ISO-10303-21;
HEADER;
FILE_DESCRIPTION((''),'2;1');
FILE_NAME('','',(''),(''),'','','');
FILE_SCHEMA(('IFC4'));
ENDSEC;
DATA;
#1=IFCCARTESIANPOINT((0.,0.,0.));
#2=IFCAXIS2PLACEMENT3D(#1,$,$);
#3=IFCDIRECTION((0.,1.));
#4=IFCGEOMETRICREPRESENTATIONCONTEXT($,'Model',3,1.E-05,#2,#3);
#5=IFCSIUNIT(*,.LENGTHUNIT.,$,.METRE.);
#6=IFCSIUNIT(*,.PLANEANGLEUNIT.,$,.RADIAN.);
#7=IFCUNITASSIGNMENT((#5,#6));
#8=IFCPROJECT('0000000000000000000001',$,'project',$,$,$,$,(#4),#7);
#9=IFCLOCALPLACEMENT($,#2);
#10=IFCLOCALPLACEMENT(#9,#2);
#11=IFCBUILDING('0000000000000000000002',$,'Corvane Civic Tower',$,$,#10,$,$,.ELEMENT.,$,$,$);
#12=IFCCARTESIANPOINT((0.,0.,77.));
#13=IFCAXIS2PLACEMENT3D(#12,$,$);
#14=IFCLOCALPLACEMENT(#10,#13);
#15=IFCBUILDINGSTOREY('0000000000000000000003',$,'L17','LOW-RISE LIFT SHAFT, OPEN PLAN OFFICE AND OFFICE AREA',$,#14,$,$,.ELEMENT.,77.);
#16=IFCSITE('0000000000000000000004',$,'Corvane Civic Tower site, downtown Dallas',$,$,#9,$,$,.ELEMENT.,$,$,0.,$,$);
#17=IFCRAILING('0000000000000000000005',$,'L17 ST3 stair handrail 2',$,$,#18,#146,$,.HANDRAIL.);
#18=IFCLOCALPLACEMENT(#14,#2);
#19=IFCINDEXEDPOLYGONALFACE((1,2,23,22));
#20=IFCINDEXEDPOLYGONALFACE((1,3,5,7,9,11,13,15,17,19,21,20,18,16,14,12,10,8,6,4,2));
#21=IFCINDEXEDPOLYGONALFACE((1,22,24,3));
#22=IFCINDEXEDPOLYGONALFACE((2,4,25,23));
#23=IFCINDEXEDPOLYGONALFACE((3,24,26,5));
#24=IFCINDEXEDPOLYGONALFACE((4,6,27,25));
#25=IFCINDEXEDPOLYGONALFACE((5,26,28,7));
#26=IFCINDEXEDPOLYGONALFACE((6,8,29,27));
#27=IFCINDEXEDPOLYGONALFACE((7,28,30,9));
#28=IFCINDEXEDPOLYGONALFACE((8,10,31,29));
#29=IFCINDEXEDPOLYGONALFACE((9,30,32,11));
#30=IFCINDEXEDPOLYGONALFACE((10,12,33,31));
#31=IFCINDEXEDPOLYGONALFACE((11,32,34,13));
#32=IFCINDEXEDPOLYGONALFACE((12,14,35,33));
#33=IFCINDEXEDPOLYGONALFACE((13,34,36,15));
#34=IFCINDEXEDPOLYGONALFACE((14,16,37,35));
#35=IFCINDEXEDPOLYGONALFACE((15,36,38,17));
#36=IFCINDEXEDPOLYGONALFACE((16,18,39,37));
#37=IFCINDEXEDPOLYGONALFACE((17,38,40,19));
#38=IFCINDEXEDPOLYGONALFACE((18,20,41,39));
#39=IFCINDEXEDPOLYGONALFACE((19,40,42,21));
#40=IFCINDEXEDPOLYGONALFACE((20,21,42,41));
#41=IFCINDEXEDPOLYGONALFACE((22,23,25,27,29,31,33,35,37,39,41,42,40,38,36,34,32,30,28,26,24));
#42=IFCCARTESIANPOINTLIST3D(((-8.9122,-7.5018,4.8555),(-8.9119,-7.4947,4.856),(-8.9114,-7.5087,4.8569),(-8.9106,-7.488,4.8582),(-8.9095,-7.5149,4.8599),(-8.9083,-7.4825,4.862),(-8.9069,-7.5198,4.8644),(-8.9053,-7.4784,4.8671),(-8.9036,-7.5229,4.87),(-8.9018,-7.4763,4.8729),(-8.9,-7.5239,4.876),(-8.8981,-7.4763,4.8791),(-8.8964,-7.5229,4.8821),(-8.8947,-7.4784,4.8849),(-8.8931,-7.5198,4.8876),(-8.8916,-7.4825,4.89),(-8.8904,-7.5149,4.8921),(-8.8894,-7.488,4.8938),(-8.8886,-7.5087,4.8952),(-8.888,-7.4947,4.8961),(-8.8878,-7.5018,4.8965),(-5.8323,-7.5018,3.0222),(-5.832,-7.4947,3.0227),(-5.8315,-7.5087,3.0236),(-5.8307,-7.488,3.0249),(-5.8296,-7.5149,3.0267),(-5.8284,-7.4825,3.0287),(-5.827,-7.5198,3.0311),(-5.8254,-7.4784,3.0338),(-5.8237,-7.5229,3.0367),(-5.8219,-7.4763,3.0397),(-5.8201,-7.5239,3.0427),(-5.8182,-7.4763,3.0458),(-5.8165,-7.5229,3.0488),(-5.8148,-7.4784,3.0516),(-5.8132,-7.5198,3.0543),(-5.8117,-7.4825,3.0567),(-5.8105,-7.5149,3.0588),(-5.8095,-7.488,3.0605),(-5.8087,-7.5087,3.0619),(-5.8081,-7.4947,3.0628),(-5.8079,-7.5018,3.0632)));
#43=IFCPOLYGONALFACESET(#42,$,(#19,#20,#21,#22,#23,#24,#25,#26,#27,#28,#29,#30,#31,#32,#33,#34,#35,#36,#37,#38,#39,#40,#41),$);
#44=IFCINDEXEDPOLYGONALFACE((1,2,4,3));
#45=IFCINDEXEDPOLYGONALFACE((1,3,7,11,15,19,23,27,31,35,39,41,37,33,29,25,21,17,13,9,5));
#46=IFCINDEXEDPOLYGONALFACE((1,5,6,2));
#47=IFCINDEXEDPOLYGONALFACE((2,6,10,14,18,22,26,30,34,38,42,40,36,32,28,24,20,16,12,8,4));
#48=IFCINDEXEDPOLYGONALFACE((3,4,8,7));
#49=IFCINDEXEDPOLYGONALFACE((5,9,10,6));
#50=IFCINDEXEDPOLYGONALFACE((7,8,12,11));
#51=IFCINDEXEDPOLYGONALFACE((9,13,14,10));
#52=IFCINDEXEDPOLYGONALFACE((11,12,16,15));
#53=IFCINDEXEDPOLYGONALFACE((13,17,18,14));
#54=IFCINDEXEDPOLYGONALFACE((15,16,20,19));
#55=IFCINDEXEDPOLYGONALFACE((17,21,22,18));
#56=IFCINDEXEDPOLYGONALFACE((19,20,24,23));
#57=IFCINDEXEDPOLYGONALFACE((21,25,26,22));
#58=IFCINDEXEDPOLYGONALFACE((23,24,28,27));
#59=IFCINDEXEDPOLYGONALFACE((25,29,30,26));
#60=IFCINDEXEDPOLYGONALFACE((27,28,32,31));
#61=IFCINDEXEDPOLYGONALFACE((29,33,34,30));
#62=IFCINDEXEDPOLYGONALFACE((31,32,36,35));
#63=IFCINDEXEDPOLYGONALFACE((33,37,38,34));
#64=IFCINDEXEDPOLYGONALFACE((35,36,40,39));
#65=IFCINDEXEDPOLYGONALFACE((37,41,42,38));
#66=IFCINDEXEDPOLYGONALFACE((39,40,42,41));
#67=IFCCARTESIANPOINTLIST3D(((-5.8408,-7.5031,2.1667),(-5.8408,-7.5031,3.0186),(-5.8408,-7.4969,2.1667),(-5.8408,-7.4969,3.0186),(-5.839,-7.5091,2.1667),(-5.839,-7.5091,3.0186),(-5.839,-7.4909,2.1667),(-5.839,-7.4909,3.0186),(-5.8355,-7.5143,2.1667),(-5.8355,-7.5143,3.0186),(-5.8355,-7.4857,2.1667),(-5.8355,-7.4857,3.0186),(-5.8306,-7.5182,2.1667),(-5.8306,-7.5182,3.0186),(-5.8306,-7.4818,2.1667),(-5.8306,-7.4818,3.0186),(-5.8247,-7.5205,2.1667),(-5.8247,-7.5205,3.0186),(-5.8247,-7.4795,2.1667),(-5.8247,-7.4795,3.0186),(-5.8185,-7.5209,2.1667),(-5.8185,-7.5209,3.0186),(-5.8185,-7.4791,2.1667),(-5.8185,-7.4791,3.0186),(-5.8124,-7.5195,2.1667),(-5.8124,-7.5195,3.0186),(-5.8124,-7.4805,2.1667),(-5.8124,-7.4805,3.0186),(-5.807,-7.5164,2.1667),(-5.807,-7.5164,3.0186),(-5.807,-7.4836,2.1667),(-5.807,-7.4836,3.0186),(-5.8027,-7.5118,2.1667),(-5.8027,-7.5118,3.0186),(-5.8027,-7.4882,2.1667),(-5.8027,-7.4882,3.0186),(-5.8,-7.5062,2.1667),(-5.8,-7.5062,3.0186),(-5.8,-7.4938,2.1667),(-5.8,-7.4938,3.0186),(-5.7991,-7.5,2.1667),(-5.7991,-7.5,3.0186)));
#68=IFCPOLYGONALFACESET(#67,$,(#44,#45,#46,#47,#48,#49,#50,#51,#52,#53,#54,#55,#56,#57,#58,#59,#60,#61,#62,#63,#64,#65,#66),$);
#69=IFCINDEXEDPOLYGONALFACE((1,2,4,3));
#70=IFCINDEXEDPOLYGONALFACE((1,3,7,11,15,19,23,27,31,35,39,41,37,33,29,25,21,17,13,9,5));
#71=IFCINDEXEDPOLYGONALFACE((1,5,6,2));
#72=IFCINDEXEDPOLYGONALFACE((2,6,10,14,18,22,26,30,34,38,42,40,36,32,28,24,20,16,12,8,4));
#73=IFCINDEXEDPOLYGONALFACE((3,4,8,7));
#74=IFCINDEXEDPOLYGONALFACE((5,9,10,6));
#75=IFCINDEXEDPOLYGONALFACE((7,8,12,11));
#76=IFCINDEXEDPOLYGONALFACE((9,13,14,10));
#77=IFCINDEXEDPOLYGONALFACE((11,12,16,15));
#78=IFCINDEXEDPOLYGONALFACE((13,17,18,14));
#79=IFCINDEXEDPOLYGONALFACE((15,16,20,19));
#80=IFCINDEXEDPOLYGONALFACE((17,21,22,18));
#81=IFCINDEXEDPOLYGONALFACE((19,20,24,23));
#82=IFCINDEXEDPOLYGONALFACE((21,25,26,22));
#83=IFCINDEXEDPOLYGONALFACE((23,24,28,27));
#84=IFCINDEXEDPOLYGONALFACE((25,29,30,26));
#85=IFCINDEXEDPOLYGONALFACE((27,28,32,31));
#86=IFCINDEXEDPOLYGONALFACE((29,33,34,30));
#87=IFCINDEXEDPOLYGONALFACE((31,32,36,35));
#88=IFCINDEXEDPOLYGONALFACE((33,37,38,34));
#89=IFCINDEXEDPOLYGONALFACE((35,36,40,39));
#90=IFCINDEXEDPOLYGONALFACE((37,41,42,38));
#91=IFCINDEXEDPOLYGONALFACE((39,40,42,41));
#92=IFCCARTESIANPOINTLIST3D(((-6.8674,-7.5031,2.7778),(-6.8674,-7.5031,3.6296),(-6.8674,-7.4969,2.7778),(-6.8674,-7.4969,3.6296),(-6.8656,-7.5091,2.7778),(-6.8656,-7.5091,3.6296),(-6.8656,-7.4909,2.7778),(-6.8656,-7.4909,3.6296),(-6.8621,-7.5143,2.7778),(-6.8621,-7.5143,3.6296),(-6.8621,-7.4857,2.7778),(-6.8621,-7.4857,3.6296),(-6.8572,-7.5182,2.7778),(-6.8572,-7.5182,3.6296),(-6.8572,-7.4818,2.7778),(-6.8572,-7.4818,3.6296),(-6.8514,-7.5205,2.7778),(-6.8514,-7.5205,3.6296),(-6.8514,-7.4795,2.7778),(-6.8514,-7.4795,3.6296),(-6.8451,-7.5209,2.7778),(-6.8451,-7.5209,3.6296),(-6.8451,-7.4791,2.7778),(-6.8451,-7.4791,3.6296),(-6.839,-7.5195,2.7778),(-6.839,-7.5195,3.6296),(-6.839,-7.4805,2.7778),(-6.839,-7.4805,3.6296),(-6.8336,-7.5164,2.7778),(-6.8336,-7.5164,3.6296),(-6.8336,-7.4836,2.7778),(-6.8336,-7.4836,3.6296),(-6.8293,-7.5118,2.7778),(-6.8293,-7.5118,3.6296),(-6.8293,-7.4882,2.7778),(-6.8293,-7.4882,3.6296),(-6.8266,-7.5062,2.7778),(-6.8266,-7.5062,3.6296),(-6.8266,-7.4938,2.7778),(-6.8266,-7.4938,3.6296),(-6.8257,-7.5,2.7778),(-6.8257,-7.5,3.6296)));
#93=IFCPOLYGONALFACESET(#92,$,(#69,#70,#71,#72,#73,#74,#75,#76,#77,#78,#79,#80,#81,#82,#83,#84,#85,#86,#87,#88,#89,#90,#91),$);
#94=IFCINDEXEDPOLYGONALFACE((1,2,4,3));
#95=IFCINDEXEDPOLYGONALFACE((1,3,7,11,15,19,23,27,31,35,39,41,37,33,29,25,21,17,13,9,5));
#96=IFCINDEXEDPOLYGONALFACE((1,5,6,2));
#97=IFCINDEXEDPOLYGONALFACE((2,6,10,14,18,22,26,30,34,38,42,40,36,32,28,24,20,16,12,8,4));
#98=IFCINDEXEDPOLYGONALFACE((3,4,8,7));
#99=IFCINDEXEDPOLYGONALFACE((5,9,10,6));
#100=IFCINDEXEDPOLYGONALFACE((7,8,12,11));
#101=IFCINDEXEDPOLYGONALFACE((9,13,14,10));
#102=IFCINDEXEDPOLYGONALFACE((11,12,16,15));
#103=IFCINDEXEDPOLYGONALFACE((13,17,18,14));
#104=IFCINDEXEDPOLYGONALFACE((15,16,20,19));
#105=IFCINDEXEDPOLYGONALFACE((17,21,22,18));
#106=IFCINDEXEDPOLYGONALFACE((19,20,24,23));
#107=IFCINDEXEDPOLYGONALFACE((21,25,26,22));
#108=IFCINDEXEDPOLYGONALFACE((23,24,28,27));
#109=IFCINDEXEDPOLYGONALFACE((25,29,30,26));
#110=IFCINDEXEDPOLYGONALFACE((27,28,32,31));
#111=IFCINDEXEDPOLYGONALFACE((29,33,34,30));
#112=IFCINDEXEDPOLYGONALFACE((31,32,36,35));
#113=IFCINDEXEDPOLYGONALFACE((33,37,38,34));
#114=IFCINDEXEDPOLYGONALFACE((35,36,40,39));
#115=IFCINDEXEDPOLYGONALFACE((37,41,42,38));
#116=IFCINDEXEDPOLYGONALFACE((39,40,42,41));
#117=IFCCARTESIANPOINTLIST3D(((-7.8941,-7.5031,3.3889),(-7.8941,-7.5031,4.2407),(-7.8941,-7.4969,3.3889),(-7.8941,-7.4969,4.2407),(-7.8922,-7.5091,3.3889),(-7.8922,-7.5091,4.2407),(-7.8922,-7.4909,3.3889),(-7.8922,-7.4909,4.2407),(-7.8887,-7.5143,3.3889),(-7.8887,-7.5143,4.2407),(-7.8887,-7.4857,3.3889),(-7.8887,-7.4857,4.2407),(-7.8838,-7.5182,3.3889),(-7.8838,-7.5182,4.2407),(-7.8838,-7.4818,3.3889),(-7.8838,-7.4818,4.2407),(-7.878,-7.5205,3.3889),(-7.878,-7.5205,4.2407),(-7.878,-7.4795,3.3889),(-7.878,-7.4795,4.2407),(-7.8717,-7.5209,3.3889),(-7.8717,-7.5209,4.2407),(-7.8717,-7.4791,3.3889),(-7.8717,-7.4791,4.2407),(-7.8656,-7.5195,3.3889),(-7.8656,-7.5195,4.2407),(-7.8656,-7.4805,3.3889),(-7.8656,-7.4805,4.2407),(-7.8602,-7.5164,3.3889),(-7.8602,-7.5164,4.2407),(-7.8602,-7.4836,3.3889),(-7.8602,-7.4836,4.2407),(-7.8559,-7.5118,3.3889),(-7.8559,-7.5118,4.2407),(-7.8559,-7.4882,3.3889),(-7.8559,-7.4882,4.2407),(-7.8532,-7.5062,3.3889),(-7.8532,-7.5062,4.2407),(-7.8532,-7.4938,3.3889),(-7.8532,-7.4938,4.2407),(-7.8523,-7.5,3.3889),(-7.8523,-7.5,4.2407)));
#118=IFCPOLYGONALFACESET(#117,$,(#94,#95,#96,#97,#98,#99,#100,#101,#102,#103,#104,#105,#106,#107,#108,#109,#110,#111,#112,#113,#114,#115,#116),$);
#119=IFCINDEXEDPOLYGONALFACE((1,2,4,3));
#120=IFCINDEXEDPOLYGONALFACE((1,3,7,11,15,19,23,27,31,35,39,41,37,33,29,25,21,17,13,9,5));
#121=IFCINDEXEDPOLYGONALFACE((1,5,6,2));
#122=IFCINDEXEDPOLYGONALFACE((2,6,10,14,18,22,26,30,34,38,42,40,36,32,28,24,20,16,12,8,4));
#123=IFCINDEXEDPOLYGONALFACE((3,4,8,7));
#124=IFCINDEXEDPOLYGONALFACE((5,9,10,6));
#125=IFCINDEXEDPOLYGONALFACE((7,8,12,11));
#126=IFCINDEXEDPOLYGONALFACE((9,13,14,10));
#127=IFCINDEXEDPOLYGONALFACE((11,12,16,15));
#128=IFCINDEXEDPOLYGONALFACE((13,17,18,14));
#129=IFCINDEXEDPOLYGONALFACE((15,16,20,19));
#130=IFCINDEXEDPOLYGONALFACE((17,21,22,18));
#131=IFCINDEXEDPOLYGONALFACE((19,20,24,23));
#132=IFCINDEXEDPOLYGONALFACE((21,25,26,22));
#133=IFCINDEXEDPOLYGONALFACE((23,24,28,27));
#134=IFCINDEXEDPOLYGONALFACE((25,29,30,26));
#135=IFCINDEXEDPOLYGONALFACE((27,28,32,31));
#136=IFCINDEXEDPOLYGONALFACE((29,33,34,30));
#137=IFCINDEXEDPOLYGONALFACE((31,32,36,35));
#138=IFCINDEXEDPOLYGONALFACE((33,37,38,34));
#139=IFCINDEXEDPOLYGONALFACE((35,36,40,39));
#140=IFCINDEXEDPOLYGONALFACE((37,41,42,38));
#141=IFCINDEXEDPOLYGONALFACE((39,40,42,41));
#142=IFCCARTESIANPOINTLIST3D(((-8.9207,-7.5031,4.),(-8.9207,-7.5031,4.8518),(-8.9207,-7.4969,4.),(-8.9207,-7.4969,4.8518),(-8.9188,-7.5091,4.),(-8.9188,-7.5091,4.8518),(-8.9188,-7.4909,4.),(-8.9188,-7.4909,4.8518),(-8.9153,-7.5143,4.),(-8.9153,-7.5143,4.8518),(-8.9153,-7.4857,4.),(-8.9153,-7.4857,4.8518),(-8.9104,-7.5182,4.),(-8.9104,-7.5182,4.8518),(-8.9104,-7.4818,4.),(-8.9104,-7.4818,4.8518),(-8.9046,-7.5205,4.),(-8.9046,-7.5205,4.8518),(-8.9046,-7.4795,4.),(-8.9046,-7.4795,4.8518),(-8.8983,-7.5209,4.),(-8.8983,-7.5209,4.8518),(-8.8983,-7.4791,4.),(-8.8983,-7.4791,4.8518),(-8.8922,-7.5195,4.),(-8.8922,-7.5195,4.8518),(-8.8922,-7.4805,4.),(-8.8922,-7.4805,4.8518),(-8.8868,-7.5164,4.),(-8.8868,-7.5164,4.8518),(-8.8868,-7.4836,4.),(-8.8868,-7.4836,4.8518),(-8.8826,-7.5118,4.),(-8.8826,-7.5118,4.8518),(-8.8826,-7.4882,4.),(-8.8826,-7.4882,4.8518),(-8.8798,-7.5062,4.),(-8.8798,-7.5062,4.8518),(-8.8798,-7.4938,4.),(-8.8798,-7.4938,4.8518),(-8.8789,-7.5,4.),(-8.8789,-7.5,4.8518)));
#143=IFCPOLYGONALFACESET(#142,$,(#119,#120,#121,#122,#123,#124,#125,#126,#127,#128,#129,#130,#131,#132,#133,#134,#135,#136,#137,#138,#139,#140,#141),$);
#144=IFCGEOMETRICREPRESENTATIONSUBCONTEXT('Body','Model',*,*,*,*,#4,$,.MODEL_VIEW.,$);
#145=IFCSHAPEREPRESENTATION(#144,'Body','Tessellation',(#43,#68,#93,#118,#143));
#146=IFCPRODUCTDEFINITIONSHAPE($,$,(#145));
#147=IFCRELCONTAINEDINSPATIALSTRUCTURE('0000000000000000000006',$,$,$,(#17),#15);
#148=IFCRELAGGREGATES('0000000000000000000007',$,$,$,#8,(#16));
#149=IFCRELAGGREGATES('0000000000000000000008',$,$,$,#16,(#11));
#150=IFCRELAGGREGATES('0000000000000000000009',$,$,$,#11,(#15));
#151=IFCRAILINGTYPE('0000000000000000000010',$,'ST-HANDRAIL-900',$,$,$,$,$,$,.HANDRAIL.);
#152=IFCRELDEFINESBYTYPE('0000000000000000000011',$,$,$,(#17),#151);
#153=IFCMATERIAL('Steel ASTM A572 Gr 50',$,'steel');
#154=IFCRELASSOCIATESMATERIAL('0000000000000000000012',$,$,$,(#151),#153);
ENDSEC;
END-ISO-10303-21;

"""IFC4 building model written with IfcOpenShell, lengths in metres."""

from ifc_helpers import new_model, si_unit, direction, frame, origin, origin_2d, place, context, subcontext, project, spatial, circle, extrude, material, type_object, element, save


model = new_model("IFC4")

# Units and contexts
model_context = context("Model", 3, precision=1e-05, world=origin(), true_north=direction((0.0, 1.0)))
body_context = subcontext(model_context, "Body", "Model", "MODEL_VIEW")
ifc_project = project(units=[si_unit("LENGTHUNIT", "METRE"), si_unit("PLANEANGLEUNIT", "RADIAN")], contexts=[model_context])

# Site, building, storey
site_placement = place(None, origin())
site = spatial("IfcSite", under=ifc_project, at=site_placement, Name="Corvane Civic Tower site, downtown Dallas", CompositionType="ELEMENT", RefElevation=0.0)
building_placement = place(site_placement, origin())
building = spatial("IfcBuilding", under=site, at=building_placement, Name="Corvane Civic Tower", CompositionType="ELEMENT")
storey_placement = place(building_placement, frame((0.0, 0.0, 77.0)))
storey = spatial("IfcBuildingStorey", under=building, at=storey_placement, Name="L17", Description="LOW-RISE LIFT SHAFT, OPEN PLAN OFFICE AND OFFICE AREA", CompositionType="ELEMENT", Elevation=77.0)

# Railing
ifc_material_1 = material(Name="Steel ASTM A572 Gr 50", Category="steel")
railing_type_1 = type_object("IfcRailingType", Name="ST-HANDRAIL-900", PredefinedType="HANDRAIL", material=ifc_material_1)
railing_1_placement = place(storey_placement, frame((-5.8201, -7.5, 2.1667)))
element("IfcRailing", 1, at=railing_1_placement, inside=storey, type_object=railing_type_1, Name="L17 ST3 stair handrail 2", PredefinedType="HANDRAIL", context=body_context, shape_type="SweptSolid", body=[
    extrude(circle(Radius=0.0239, at=origin_2d()), frame((0.0, 0.0, 0.876), z_axis=(-0.859291, 0.0, 0.511487), x_axis=(0.0, -1.0, 0.0)), (0.0, 0.0, 1.0), 3.5842),
    extrude(circle(Radius=0.021, at=origin_2d()), origin(), (0.0, 0.0, 1.0), 0.8518),
    extrude(circle(Radius=0.021, at=origin_2d()), frame((-1.0266, 0.0, 0.6111)), (0.0, 0.0, 1.0), 0.8518),
    extrude(circle(Radius=0.021, at=origin_2d()), frame((-2.0532, 0.0, 1.2222)), (0.0, 0.0, 1.0), 0.8518),
    extrude(circle(Radius=0.021, at=origin_2d()), frame((-3.0798, 0.0, 1.8333)), (0.0, 0.0, 1.0), 0.8518),
])

save(model, "model.ifc")
